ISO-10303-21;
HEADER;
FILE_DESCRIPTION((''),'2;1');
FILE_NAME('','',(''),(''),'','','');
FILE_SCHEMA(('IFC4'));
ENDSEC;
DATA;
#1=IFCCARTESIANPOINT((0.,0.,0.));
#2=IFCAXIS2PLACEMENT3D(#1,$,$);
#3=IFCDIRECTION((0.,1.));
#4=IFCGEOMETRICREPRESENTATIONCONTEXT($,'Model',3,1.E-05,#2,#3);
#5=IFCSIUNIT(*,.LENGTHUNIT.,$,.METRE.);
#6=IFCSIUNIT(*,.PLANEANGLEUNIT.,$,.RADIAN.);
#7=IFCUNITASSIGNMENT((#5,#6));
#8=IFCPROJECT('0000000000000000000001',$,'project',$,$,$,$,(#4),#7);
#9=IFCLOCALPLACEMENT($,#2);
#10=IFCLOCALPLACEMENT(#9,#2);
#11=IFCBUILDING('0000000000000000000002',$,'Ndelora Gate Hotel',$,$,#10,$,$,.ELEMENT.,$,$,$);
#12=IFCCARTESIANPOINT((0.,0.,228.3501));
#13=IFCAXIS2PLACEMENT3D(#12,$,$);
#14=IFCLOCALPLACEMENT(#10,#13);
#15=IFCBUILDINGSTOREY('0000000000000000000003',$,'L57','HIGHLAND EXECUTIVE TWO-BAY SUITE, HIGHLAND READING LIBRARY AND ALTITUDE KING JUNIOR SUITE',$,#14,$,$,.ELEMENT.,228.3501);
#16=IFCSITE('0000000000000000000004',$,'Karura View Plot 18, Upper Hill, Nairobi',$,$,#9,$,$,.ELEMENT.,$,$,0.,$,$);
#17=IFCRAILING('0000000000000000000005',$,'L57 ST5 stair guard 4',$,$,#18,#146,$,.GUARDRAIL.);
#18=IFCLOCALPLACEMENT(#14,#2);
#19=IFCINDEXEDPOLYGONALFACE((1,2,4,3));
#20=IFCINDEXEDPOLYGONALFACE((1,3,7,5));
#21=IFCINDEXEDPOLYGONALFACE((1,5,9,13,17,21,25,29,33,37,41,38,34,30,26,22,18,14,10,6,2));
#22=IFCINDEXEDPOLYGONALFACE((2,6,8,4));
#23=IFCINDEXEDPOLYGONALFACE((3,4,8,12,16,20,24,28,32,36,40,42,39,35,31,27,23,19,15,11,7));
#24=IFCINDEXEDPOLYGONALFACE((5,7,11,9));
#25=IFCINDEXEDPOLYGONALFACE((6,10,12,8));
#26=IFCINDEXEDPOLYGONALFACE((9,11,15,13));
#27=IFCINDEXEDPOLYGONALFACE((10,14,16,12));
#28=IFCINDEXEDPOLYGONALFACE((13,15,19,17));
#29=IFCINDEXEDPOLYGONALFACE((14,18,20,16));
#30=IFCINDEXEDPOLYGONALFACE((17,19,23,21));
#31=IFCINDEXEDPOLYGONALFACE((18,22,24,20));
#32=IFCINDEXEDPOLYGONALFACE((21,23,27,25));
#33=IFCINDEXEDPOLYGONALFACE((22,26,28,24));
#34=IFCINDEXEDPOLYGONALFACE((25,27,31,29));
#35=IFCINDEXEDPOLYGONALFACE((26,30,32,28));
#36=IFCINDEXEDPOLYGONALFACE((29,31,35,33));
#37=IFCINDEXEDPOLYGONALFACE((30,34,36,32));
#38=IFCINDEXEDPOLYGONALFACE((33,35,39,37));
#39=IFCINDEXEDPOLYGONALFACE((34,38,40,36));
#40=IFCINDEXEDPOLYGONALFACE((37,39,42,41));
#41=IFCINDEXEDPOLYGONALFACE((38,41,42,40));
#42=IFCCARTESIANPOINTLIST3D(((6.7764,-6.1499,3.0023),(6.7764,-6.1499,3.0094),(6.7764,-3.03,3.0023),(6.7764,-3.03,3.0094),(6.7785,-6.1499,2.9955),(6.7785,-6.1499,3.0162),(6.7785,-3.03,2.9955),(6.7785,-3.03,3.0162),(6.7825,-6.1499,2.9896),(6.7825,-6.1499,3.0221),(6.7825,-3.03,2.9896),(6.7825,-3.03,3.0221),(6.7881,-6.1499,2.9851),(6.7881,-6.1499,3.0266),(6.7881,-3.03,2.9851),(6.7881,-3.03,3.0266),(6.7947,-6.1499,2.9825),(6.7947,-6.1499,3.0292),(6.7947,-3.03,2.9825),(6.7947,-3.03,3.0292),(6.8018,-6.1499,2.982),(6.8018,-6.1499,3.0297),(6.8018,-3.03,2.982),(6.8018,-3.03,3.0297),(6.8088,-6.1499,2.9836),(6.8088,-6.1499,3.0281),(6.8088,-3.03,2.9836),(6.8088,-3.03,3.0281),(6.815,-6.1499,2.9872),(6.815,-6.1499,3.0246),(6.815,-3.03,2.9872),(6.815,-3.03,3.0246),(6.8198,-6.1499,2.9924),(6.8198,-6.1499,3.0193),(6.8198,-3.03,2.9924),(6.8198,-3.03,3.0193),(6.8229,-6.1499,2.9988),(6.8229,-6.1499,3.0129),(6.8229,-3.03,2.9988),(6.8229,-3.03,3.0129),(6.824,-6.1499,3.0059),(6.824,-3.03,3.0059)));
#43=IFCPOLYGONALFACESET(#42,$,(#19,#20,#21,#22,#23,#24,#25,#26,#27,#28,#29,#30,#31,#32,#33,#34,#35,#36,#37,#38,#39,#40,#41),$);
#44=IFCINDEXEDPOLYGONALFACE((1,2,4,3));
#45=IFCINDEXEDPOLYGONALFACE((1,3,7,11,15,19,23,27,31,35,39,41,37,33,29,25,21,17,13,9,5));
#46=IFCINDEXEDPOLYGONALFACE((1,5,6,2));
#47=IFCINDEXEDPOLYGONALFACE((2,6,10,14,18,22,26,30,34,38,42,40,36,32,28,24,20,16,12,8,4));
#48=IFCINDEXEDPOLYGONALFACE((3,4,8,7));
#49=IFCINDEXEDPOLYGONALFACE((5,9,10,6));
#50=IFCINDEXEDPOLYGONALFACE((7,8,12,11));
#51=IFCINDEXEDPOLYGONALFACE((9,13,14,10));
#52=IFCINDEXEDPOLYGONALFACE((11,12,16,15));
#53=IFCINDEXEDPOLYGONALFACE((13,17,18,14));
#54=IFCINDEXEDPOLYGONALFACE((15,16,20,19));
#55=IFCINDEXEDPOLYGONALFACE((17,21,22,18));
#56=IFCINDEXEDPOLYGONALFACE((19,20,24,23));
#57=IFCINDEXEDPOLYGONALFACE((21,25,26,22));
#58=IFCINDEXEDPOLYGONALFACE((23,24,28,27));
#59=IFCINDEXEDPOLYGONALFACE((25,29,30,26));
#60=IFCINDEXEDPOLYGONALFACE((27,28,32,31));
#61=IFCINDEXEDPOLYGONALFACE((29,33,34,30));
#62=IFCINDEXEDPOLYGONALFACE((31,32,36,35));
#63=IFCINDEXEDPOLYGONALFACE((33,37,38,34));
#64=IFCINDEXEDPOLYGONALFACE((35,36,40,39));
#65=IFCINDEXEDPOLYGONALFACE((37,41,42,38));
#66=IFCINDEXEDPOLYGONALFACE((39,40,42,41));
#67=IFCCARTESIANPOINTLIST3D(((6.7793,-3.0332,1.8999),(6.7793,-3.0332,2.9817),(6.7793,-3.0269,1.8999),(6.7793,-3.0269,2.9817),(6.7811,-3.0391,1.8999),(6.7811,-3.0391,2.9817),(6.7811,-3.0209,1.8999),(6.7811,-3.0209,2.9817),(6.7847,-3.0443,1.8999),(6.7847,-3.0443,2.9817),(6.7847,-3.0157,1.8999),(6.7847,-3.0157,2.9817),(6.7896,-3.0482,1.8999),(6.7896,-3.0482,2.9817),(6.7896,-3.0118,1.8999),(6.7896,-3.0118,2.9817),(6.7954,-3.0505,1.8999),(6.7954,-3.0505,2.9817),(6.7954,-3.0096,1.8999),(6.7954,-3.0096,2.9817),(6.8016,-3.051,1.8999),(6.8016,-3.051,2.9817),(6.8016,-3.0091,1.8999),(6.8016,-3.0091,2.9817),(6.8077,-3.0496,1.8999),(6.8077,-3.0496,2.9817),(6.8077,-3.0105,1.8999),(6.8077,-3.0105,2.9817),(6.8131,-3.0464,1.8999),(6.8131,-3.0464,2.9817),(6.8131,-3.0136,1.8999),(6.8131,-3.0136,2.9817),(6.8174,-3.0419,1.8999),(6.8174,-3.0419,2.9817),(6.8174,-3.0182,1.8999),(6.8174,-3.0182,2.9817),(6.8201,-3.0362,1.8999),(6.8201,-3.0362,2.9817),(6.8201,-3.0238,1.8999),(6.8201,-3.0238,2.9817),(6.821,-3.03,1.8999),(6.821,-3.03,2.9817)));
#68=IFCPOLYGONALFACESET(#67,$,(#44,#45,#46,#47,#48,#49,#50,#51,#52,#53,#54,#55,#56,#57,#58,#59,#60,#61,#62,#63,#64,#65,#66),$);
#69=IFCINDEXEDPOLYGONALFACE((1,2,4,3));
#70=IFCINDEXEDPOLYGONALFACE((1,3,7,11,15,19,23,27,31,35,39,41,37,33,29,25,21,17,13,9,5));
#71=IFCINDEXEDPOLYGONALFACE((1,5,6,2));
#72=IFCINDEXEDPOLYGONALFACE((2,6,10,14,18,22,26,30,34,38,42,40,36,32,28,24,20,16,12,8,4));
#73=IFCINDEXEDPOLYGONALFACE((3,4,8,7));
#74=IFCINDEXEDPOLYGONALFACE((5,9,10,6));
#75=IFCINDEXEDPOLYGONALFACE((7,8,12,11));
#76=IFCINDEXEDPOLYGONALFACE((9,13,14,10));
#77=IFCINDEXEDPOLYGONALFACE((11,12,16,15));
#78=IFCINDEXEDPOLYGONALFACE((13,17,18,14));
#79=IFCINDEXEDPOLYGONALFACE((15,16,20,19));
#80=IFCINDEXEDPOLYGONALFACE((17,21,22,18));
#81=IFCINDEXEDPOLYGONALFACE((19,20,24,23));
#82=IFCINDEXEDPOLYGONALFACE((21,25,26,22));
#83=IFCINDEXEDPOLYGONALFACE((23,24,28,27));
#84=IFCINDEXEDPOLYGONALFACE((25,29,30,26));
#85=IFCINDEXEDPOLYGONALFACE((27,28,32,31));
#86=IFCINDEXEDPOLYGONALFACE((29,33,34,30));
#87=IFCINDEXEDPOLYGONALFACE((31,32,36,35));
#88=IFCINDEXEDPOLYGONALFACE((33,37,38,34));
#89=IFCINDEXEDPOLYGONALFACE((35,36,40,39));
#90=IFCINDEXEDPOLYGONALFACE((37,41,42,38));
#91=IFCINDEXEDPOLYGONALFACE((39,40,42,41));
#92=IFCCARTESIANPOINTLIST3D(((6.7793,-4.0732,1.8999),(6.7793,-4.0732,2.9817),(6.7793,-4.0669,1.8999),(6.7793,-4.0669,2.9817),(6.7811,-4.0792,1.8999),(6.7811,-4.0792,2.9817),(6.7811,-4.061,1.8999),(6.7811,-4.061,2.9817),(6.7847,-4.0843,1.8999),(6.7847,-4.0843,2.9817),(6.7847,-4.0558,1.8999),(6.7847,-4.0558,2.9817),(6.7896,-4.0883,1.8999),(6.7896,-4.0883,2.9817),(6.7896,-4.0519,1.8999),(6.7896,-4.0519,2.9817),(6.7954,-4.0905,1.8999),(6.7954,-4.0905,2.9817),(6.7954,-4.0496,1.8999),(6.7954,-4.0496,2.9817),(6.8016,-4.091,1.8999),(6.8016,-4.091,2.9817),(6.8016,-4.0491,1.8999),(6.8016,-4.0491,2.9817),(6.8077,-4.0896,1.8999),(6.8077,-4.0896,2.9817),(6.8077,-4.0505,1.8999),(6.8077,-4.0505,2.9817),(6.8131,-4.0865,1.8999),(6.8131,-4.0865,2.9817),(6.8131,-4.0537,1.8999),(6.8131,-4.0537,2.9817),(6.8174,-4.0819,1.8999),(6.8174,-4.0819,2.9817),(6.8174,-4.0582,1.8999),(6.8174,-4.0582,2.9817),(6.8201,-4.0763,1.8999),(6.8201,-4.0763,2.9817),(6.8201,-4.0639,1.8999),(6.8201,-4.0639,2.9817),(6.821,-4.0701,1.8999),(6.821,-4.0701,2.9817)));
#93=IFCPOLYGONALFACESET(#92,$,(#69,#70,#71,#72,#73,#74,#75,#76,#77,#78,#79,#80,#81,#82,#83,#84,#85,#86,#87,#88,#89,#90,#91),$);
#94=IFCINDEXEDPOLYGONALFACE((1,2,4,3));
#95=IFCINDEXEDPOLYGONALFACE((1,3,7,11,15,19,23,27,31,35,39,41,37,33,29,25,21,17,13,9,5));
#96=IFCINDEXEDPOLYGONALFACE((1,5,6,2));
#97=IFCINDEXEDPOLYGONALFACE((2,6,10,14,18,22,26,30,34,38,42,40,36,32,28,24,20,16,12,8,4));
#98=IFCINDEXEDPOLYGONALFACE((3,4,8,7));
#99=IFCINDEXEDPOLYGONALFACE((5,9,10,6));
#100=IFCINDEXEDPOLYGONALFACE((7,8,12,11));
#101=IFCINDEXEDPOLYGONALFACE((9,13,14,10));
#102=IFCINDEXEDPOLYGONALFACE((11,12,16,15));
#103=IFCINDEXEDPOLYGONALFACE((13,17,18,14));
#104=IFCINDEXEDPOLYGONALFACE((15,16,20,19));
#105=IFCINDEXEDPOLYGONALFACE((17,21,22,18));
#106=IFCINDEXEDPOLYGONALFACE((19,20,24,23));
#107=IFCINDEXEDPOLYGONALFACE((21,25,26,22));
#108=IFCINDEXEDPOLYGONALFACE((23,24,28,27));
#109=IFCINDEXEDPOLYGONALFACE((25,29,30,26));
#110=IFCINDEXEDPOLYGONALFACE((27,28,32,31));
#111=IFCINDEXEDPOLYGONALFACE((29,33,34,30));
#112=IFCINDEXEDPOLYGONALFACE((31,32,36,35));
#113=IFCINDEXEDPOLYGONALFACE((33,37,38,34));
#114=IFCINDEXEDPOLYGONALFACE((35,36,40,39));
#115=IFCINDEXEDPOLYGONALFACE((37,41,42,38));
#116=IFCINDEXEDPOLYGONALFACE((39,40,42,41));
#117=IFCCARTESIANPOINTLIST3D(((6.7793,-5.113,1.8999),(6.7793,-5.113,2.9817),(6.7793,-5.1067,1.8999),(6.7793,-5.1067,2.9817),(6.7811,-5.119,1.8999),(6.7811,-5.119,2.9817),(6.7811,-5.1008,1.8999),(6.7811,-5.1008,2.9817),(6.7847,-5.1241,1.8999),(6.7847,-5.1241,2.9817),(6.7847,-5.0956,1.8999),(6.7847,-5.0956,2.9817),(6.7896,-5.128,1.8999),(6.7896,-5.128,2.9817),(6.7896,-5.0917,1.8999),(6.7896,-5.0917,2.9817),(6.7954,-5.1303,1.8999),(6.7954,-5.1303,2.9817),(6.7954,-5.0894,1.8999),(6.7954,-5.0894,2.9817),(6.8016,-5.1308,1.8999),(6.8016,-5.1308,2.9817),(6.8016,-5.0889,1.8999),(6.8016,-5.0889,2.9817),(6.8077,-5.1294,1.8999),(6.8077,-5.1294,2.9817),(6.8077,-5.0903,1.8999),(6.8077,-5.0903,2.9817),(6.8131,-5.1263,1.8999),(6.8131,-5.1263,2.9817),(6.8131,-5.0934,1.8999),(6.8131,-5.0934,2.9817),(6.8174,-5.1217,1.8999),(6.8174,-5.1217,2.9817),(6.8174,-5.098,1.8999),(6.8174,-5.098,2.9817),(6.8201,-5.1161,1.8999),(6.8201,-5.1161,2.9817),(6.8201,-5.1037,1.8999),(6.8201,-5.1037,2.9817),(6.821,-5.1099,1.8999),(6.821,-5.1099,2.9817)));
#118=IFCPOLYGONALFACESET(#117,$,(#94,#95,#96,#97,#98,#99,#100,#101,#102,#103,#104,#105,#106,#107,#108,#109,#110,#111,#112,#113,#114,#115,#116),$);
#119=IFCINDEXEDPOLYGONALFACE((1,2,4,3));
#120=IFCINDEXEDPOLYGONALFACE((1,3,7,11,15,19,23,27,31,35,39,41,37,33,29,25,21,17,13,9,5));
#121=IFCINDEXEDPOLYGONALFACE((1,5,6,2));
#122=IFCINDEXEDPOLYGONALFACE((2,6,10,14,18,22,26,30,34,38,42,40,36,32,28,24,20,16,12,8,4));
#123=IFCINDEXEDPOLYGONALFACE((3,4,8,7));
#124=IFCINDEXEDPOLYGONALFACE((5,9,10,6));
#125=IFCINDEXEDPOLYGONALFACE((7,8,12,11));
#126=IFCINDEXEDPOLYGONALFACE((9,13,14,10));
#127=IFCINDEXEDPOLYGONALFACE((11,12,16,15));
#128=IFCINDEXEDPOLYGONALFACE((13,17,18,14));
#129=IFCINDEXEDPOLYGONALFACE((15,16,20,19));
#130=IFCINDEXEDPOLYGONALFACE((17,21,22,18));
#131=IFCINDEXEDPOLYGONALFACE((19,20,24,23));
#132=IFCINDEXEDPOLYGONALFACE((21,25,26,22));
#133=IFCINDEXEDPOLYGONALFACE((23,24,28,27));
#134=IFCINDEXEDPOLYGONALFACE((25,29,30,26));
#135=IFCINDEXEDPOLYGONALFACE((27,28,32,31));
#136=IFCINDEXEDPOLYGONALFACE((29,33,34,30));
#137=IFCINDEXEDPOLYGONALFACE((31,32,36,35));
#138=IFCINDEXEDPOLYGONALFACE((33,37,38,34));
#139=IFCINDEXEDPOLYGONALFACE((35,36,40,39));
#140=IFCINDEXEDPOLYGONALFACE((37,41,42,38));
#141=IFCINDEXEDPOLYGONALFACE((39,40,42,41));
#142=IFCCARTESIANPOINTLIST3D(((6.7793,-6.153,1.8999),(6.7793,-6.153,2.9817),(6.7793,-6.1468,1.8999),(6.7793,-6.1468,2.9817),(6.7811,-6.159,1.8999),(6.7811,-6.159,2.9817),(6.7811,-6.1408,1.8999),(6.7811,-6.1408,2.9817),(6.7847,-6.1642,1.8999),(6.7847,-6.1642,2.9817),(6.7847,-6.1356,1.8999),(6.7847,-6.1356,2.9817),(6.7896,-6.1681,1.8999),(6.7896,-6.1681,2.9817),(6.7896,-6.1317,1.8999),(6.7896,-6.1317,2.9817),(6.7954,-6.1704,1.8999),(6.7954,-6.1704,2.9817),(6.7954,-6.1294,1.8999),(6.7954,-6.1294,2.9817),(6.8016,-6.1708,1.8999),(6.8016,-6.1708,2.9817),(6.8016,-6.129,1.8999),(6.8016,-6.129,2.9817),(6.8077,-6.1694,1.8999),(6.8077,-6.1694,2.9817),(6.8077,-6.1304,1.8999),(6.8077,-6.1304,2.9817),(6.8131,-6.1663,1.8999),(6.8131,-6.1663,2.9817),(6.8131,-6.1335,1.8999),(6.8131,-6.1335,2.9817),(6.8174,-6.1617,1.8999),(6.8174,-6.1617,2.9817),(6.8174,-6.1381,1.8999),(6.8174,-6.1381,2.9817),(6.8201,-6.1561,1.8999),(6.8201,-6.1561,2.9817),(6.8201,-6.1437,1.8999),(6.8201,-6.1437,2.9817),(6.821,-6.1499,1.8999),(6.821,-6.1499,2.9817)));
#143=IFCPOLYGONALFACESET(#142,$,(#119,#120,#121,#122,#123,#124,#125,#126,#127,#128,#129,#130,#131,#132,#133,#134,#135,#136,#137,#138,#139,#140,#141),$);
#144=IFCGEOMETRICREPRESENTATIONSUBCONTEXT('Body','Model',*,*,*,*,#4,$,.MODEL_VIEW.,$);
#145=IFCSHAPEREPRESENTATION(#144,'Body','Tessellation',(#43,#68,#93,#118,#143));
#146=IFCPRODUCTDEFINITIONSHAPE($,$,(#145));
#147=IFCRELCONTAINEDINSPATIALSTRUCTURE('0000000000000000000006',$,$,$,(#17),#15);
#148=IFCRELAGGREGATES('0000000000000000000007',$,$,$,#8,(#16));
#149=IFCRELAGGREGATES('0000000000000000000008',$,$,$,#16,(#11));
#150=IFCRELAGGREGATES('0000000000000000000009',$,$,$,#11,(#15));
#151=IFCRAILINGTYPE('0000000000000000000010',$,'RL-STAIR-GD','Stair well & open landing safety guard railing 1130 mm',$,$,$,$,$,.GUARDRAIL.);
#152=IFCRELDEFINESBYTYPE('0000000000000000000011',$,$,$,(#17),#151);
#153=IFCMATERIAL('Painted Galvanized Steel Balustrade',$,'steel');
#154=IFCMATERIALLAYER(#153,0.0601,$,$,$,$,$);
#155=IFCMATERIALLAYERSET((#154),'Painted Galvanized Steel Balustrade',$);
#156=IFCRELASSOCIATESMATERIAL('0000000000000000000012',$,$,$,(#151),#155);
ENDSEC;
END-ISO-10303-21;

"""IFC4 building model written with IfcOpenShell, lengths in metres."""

from ifc_helpers import new_model, si_unit, direction, frame, origin, origin_2d, place, context, subcontext, project, spatial, circle, extrude, material, layer, layer_set, type_object, element, save


model = new_model("IFC4")

# Units and contexts
model_context = context("Model", 3, precision=1e-05, world=origin(), true_north=direction((0.0, 1.0)))
body_context = subcontext(model_context, "Body", "Model", "MODEL_VIEW")
ifc_project = project(units=[si_unit("LENGTHUNIT", "METRE"), si_unit("PLANEANGLEUNIT", "RADIAN")], contexts=[model_context])

# Site, building, storey
site_placement = place(None, origin())
site = spatial("IfcSite", under=ifc_project, at=site_placement, Name="Karura View Plot 18, Upper Hill, Nairobi", CompositionType="ELEMENT", RefElevation=0.0)
building_placement = place(site_placement, origin())
building = spatial("IfcBuilding", under=site, at=building_placement, Name="Ndelora Gate Hotel", CompositionType="ELEMENT")
storey_placement = place(building_placement, frame((0.0, 0.0, 228.3501)))
storey = spatial("IfcBuildingStorey", under=building, at=storey_placement, Name="L57", Description="HIGHLAND EXECUTIVE TWO-BAY SUITE, HIGHLAND READING LIBRARY AND ALTITUDE KING JUNIOR SUITE", CompositionType="ELEMENT", Elevation=228.3501)

# Railing
ifc_material_1 = material(Name="Painted Galvanized Steel Balustrade", Category="steel")
ifc_layer_1 = layer(ifc_material_1, 0.0601)
ifc_layer_set_1 = layer_set([ifc_layer_1], Name="Painted Galvanized Steel Balustrade")
railing_type_1 = type_object("IfcRailingType", Name="RL-STAIR-GD", Description="Stair well & open landing safety guard railing 1130 mm", PredefinedType="GUARDRAIL", material=ifc_layer_set_1)
for number, where, name in (
    (1, (6.8, -3.03, 1.8999), "L57 ST5 stair guard 4"),
):
    element("IfcRailing", number, at=place(storey_placement, frame(where)), inside=storey, type_object=railing_type_1, Name=name, PredefinedType="GUARDRAIL", context=body_context, shape_type="SweptSolid", body=[
        extrude(circle(Radius=0.0239, at=origin_2d()), frame((0.0, 0.0, 1.106), z_axis=(0.0, -1.0, 0.0), x_axis=(1.0, 0.0, 0.0)), (0.0, 0.0, 1.0), 3.1199),
        extrude(circle(Radius=0.021, at=origin_2d()), origin(), (0.0, 0.0, 1.0), 1.0818),
        extrude(circle(Radius=0.021, at=origin_2d()), frame((0.0, -1.04, 0.0)), (0.0, 0.0, 1.0), 1.0818),
        extrude(circle(Radius=0.021, at=origin_2d()), frame((0.0, -2.0798, 0.0)), (0.0, 0.0, 1.0), 1.0818),
        extrude(circle(Radius=0.021, at=origin_2d()), frame((0.0, -3.1199, 0.0)), (0.0, 0.0, 1.0), 1.0818),
    ])

save(model, "model.ifc")
